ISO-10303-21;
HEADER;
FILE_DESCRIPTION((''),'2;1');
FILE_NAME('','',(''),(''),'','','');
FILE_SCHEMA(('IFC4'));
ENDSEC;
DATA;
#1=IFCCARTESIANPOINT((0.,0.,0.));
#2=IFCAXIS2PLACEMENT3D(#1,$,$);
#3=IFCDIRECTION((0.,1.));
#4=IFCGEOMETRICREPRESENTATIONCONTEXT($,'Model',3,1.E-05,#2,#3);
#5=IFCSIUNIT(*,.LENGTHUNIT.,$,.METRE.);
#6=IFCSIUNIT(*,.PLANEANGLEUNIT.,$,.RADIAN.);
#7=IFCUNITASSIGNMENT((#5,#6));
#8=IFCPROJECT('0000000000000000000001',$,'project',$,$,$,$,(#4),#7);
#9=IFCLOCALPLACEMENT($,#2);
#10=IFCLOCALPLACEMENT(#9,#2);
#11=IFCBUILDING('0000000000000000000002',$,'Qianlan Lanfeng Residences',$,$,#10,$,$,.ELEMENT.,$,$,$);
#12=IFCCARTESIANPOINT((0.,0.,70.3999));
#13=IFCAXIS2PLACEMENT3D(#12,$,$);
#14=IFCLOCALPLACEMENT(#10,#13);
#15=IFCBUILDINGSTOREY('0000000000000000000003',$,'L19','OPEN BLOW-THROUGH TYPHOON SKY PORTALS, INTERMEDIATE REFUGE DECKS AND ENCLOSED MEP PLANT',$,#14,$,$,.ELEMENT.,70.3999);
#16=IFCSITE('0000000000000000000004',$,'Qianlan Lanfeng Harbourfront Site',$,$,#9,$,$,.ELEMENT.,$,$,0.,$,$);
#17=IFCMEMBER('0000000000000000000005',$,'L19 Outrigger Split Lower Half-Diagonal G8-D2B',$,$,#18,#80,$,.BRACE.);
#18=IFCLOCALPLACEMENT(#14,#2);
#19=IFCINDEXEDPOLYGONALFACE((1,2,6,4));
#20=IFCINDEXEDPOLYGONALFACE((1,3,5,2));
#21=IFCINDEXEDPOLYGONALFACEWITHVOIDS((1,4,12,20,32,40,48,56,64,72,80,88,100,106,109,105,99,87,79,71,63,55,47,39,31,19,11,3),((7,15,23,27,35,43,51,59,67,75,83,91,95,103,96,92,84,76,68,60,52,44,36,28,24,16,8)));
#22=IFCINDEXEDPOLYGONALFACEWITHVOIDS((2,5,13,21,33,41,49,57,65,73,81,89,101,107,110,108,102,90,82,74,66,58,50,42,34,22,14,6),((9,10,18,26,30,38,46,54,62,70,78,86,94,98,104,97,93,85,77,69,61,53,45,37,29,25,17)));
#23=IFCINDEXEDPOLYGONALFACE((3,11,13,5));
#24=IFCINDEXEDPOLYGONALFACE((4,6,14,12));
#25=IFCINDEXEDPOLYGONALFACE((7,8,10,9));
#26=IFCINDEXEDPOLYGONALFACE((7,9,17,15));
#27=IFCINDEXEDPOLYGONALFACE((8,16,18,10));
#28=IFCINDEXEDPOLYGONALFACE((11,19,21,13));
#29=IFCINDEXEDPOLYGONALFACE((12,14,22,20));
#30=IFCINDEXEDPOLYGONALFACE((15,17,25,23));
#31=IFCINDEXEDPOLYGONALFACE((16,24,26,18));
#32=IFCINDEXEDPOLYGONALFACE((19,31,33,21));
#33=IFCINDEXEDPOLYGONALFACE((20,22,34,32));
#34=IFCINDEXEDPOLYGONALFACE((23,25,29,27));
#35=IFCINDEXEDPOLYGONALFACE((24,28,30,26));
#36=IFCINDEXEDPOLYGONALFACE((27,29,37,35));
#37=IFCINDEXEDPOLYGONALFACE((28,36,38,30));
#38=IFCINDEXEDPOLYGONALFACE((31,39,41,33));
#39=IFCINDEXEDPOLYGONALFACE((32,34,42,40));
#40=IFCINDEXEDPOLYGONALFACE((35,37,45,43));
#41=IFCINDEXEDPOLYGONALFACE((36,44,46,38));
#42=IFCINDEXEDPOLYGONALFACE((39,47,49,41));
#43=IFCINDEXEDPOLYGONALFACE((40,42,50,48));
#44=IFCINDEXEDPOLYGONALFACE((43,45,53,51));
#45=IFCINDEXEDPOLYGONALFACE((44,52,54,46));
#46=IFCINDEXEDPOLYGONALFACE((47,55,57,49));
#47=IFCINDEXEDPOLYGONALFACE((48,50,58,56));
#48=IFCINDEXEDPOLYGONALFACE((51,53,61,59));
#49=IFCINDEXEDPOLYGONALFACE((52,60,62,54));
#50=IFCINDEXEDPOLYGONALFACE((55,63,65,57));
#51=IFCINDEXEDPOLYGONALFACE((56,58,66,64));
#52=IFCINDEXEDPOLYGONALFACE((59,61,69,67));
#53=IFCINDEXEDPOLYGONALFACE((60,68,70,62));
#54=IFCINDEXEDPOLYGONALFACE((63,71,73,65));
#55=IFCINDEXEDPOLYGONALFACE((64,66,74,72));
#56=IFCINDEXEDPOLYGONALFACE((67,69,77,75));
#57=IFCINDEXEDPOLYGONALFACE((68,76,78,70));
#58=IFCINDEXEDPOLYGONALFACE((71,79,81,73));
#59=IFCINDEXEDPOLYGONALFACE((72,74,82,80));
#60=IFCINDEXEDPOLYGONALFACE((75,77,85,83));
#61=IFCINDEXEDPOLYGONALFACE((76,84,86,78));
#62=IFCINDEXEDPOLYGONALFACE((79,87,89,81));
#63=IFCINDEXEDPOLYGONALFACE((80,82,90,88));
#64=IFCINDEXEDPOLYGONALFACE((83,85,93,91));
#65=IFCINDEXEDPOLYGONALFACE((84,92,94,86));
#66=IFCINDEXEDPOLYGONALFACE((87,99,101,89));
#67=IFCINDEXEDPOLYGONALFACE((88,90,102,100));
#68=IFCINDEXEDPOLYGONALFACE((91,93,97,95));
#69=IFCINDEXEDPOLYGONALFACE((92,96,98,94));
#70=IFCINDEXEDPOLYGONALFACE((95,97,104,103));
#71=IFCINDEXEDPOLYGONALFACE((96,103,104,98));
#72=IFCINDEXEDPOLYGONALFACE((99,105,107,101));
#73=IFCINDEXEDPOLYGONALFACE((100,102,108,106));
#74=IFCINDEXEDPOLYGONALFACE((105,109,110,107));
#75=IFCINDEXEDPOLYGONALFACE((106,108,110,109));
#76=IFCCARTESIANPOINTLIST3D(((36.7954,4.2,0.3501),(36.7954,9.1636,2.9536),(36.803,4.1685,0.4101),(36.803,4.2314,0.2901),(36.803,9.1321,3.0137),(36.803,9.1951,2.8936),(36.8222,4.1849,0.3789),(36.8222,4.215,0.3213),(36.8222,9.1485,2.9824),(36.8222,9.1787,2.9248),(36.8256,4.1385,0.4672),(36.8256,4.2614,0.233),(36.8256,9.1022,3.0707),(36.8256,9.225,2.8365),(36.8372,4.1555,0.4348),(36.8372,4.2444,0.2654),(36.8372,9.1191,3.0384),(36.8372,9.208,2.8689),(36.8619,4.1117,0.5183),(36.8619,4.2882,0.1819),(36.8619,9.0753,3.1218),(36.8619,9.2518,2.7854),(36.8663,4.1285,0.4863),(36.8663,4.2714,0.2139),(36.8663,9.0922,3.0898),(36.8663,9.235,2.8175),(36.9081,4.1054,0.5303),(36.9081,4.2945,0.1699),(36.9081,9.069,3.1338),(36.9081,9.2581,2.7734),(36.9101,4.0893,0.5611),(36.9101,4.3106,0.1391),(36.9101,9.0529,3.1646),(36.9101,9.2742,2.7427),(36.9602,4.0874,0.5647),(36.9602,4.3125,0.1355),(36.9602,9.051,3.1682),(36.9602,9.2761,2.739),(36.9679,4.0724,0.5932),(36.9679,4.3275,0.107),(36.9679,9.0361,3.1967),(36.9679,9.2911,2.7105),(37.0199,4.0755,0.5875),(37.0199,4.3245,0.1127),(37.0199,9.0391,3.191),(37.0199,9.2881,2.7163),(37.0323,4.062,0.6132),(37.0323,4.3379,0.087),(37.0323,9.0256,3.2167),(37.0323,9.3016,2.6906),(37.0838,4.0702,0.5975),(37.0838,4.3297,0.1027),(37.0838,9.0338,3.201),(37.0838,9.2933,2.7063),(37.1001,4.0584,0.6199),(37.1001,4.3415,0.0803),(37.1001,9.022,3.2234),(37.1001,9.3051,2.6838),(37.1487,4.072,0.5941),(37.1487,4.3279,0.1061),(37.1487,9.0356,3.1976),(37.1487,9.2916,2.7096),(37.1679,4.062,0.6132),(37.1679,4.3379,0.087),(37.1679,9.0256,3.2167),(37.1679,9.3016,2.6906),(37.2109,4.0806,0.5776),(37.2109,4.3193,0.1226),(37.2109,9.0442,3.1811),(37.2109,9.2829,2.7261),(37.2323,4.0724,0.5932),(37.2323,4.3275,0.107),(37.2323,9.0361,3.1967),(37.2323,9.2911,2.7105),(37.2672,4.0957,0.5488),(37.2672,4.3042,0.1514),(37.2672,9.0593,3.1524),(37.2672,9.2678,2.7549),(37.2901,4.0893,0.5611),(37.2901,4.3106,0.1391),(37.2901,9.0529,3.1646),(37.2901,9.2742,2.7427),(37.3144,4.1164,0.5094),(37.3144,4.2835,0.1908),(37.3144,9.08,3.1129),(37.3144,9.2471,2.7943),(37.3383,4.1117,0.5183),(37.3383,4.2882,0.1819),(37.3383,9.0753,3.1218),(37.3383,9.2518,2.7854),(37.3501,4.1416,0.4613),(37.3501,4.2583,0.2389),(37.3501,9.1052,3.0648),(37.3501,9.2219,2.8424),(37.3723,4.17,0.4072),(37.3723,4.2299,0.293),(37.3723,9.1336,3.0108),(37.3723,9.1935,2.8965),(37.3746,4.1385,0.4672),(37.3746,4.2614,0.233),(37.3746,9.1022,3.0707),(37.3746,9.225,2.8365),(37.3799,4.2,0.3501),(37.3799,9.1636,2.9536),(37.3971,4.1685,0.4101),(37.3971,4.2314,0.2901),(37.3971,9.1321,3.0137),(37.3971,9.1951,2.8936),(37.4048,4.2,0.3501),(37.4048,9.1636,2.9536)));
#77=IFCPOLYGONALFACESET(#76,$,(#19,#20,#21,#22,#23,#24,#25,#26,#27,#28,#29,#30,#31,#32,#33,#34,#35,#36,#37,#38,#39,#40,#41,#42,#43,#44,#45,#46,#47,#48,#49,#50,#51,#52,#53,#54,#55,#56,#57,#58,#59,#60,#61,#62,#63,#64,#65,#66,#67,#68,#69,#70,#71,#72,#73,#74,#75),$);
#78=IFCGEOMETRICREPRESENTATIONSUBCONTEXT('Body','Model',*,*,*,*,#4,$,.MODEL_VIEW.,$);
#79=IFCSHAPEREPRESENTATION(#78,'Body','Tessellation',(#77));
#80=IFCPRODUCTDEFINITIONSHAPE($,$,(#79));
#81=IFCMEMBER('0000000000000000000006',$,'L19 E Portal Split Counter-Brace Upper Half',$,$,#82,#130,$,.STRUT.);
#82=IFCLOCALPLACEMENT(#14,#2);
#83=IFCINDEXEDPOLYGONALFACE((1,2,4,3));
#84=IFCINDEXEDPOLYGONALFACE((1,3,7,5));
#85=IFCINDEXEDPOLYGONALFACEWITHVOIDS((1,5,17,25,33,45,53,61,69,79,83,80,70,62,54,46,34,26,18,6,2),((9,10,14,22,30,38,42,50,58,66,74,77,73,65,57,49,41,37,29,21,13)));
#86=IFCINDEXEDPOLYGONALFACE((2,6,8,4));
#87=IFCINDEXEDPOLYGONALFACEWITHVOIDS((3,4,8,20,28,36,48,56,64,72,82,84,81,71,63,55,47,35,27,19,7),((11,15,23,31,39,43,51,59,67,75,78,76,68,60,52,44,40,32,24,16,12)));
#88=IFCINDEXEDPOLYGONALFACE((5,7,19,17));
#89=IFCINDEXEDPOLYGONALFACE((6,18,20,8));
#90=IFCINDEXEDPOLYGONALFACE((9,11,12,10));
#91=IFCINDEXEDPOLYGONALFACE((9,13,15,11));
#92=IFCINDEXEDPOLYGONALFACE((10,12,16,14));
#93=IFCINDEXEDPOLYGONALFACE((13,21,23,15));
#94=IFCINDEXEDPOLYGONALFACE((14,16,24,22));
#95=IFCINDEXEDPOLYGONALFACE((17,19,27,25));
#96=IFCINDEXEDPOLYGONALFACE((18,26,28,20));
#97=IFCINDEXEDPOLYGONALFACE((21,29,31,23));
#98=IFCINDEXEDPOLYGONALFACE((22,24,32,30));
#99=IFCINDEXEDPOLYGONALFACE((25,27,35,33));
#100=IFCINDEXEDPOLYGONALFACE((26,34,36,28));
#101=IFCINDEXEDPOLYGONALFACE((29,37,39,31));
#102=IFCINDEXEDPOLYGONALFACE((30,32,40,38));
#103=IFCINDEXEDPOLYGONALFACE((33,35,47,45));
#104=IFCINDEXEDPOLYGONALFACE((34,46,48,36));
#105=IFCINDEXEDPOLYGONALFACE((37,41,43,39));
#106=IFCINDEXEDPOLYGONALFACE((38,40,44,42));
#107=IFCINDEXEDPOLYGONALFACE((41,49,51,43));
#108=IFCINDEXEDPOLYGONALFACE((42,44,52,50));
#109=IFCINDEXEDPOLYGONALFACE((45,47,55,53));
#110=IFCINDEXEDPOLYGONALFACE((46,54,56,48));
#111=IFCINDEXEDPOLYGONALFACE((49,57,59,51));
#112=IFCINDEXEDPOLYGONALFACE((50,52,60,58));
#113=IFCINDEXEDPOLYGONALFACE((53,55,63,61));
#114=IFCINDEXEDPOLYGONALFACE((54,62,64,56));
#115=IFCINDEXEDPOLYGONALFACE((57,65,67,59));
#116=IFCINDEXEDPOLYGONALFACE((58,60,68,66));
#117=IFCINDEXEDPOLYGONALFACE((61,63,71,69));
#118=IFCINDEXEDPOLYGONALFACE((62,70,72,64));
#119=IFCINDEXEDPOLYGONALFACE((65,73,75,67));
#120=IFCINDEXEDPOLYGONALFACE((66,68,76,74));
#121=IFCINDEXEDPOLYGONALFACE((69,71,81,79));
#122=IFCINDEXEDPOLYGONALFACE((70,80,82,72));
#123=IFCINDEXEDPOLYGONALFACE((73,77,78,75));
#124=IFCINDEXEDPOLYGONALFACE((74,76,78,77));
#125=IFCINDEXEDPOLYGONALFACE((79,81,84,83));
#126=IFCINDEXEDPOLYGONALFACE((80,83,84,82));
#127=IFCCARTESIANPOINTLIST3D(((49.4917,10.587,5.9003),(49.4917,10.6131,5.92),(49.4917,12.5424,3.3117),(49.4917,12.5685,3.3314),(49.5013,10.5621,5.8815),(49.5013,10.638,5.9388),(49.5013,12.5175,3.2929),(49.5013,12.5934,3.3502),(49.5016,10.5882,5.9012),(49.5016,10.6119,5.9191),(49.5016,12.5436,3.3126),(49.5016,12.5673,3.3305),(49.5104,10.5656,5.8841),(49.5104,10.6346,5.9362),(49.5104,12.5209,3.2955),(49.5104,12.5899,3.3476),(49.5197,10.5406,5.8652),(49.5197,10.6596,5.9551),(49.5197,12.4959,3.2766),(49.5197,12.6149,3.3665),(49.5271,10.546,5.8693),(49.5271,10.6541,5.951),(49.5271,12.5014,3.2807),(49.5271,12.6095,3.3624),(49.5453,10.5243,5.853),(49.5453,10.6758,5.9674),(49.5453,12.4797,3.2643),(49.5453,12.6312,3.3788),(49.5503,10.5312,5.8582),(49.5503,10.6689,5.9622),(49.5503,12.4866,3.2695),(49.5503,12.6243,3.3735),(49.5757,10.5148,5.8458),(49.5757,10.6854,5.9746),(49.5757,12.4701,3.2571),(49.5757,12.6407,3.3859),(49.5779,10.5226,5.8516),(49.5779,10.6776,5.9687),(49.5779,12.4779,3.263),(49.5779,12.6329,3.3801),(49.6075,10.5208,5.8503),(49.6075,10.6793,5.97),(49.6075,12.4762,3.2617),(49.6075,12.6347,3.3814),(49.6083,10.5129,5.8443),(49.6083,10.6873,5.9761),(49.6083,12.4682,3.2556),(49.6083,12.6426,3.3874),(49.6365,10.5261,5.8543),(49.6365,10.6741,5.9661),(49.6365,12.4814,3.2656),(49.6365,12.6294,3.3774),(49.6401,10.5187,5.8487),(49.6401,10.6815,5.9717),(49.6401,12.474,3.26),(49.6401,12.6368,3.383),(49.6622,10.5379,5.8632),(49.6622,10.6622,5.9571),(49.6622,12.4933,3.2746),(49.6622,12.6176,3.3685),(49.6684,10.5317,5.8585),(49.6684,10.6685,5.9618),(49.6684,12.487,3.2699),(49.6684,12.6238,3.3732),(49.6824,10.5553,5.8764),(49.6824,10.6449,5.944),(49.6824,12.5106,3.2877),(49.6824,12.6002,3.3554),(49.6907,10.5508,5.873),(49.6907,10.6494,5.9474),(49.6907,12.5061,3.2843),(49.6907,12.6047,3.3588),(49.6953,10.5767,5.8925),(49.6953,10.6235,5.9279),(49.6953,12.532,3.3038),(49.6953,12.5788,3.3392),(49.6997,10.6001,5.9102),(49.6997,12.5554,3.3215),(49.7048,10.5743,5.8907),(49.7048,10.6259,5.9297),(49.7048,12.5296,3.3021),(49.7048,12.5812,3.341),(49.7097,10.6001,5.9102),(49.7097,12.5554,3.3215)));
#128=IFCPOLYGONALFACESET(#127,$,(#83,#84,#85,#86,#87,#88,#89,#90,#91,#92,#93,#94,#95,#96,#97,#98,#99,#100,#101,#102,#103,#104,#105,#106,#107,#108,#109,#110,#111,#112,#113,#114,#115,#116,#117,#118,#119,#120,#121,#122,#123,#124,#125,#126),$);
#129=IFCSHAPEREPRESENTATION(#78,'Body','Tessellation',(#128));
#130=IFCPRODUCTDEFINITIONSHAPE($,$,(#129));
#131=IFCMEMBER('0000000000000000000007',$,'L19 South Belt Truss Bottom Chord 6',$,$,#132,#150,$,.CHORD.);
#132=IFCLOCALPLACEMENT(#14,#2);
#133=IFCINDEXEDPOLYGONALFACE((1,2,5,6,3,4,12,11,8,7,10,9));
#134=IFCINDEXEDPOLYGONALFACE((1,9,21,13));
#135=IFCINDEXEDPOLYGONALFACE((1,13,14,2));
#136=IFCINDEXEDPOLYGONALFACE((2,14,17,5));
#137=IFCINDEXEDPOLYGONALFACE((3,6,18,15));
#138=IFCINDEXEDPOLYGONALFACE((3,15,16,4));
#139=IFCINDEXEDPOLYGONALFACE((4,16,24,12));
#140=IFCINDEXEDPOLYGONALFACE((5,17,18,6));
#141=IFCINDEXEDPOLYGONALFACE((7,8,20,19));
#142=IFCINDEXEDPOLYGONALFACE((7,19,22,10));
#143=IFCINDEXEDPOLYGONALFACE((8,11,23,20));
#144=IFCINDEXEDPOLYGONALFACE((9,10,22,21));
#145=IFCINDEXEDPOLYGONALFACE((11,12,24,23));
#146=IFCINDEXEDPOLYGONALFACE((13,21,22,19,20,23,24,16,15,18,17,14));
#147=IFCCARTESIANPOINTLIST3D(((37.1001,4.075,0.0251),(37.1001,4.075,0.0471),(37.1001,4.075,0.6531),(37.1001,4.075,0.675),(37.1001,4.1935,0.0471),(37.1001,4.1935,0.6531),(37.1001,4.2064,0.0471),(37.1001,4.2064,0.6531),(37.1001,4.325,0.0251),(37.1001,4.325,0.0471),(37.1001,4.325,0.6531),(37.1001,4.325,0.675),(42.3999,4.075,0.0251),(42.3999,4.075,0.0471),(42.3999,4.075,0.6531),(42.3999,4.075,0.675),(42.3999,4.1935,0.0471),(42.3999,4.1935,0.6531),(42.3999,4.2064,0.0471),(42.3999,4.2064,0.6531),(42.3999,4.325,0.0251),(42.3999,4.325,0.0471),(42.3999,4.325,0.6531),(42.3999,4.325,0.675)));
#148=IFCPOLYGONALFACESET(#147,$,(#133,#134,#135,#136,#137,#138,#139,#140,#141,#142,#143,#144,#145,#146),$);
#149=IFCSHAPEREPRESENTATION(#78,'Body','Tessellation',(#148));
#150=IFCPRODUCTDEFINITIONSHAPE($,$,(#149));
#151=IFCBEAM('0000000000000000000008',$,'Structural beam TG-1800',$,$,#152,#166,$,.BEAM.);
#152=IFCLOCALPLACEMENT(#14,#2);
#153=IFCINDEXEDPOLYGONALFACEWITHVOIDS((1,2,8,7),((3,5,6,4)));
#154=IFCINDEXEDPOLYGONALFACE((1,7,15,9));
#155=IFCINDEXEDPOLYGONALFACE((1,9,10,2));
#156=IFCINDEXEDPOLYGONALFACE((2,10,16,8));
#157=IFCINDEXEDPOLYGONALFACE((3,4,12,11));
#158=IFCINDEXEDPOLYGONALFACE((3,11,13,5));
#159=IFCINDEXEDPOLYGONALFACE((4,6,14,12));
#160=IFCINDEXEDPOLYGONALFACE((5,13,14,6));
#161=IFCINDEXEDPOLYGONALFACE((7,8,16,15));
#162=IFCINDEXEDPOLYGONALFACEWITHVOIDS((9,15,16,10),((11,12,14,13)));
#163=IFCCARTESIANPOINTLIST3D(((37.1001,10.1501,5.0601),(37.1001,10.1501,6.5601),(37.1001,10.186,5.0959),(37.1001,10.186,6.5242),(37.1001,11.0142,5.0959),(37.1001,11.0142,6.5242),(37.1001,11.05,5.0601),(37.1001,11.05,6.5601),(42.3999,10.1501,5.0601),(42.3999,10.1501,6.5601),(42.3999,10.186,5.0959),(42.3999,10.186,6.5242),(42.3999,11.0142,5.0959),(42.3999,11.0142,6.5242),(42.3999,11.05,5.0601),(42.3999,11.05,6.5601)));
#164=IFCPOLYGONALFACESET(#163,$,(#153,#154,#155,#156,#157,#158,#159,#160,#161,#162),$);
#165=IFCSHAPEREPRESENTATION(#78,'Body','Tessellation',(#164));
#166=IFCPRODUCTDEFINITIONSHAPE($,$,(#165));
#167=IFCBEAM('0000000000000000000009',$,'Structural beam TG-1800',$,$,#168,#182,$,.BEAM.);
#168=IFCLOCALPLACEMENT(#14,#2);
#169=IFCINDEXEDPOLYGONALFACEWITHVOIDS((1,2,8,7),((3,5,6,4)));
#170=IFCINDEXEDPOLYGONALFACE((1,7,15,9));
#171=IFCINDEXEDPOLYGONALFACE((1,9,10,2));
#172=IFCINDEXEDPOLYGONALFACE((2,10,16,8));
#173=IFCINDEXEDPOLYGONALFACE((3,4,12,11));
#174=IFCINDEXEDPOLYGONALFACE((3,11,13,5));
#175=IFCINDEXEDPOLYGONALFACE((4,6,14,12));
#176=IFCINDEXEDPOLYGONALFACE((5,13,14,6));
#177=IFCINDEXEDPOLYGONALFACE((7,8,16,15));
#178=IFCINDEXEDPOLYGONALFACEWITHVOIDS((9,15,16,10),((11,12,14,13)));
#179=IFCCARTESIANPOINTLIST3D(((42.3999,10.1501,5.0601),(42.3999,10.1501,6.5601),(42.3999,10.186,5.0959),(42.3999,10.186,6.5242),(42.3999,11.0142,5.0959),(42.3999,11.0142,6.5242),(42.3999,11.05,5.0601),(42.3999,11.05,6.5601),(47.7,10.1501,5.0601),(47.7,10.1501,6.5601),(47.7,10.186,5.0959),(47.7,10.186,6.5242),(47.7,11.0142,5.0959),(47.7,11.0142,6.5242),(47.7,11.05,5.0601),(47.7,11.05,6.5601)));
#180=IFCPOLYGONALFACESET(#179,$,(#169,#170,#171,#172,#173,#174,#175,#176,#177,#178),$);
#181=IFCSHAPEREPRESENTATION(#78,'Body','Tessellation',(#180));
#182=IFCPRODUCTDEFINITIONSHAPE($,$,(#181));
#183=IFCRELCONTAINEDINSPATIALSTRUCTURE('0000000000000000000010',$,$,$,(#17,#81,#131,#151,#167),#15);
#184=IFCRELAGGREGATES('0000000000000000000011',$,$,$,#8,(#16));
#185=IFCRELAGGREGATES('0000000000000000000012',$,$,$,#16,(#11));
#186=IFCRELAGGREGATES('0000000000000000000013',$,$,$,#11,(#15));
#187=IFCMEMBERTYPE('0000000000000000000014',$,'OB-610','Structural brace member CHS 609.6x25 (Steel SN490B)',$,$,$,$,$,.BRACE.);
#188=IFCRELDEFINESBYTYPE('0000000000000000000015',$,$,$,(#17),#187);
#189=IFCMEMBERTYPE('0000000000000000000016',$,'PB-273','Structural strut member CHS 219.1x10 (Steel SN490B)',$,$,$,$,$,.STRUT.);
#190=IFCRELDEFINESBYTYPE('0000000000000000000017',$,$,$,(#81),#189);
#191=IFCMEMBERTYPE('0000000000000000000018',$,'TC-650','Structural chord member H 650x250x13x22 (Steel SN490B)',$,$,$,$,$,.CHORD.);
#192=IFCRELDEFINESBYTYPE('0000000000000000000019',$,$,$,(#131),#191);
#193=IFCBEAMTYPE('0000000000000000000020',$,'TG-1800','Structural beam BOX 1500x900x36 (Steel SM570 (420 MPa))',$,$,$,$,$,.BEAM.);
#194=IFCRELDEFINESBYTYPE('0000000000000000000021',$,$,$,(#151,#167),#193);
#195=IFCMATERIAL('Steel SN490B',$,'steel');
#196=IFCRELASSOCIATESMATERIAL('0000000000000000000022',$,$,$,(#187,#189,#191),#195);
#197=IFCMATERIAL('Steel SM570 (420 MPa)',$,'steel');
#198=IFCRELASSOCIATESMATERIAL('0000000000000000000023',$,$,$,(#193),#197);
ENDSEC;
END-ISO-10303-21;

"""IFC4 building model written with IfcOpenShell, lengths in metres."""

from ifc_helpers import new_model, si_unit, direction, frame, origin, origin_2d, place, context, subcontext, project, spatial, hollow_rectangle, hollow_circle, i_section, extrude, material, material_profile, profile_set, type_object, element, save


model = new_model("IFC4")

# Units and contexts
model_context = context("Model", 3, precision=1e-05, world=origin(), true_north=direction((0.0, 1.0)))
body_context = subcontext(model_context, "Body", "Model", "MODEL_VIEW")
ifc_project = project(units=[si_unit("LENGTHUNIT", "METRE"), si_unit("PLANEANGLEUNIT", "RADIAN")], contexts=[model_context])

# Site, building, storey
site_placement = place(None, origin())
site = spatial("IfcSite", under=ifc_project, at=site_placement, Name="Qianlan Lanfeng Harbourfront Site", CompositionType="ELEMENT", RefElevation=0.0)
building_placement = place(site_placement, origin())
building = spatial("IfcBuilding", under=site, at=building_placement, Name="Qianlan Lanfeng Residences", CompositionType="ELEMENT")
storey_placement = place(building_placement, frame((0.0, 0.0, 70.3999)))
storey = spatial("IfcBuildingStorey", under=building, at=storey_placement, Name="L19", Description="OPEN BLOW-THROUGH TYPHOON SKY PORTALS, INTERMEDIATE REFUGE DECKS AND ENCLOSED MEP PLANT", CompositionType="ELEMENT", Elevation=70.3999)

# Shared definitions
ifc_material_1 = material(Name="Steel SN490B", Category="steel")

# Members
ifc_material_profile_1 = material_profile(ifc_material_1, hollow_circle(Radius=0.3047, WallThickness=0.0249, at=origin_2d()), Name="CHS 609.6x25")
ifc_profile_set_1 = profile_set([ifc_material_profile_1], Name="Steel SN490B")
member_type_1 = type_object("IfcMemberType", Name="OB-610", Description="Structural brace member CHS 609.6x25 (Steel SN490B)", PredefinedType="BRACE", material=ifc_profile_set_1)
member_1_placement = place(storey_placement, frame((37.1001, 9.1636, 2.9536), z_axis=(0.0, -0.885573, -0.4645), x_axis=(1.0, 0.0, 0.0)))
element("IfcMember", 1, at=member_1_placement, inside=storey, type_object=member_type_1, Name="L19 Outrigger Split Lower Half-Diagonal G8-D2B", PredefinedType="BRACE", context=body_context, shape_type="SweptSolid", body=[
    extrude(hollow_circle(Radius=0.3047, WallThickness=0.0249, at=origin_2d()), origin(), (0.0, 0.0, 1.0), 5.605),
])
ifc_material_profile_2 = material_profile(ifc_material_1, hollow_circle(Radius=0.1096, WallThickness=0.01, at=origin_2d()), Name="CHS 219.1x10")
ifc_profile_set_2 = profile_set([ifc_material_profile_2], Name="Steel SN490B")
member_type_2 = type_object("IfcMemberType", Name="PB-273", Description="Structural strut member CHS 219.1x10 (Steel SN490B)", PredefinedType="STRUT", material=ifc_profile_set_2)
member_2_placement = place(storey_placement, frame((49.6001, 12.5554, 3.3215), z_axis=(0.0, -0.60273, 0.797945), x_axis=(1.0, 0.0, 0.0)))
element("IfcMember", 2, at=member_2_placement, inside=storey, type_object=member_type_2, Name="L19 E Portal Split Counter-Brace Upper Half", PredefinedType="STRUT", context=body_context, shape_type="SweptSolid", body=[
    extrude(hollow_circle(Radius=0.1096, WallThickness=0.01, at=origin_2d()), origin(), (0.0, 0.0, 1.0), 3.2441),
])
ifc_material_profile_3 = material_profile(ifc_material_1, i_section(OverallWidth=0.25, OverallDepth=0.6499, WebThickness=0.0129, FlangeThickness=0.022, at=origin_2d()), Name="H 650x250x13x22")
ifc_profile_set_3 = profile_set([ifc_material_profile_3], Name="Steel SN490B")
member_type_3 = type_object("IfcMemberType", Name="TC-650", Description="Structural chord member H 650x250x13x22 (Steel SN490B)", PredefinedType="CHORD", material=ifc_profile_set_3)
member_3_placement = place(storey_placement, frame((37.1001, 4.2, 0.3501), z_axis=(1.0, 0.0, 0.0), x_axis=(0.0, 1.0, 0.0)))
element("IfcMember", 3, at=member_3_placement, inside=storey, type_object=member_type_3, Name="L19 South Belt Truss Bottom Chord 6", PredefinedType="CHORD", context=body_context, shape_type="SweptSolid", body=[
    extrude(i_section(OverallWidth=0.25, OverallDepth=0.6499, WebThickness=0.0129, FlangeThickness=0.022, at=origin_2d()), origin(), (0.0, 0.0, 1.0), 5.2998),
])

# Beams
ifc_material_2 = material(Name="Steel SM570 (420 MPa)", Category="steel")
ifc_material_profile_4 = material_profile(ifc_material_2, hollow_rectangle(XDim=0.8999, YDim=1.5, WallThickness=0.0359, at=origin_2d()), Name="BOX 1500x900x36")
ifc_profile_set_4 = profile_set([ifc_material_profile_4], Name="Steel SM570 (420 MPa)")
beam_type_1 = type_object("IfcBeamType", Name="TG-1800", Description="Structural beam BOX 1500x900x36 (Steel SM570 (420 MPa))", PredefinedType="BEAM", material=ifc_profile_set_4)
beam_1_placement = place(storey_placement, frame((37.1001, 10.6001, 5.8101), z_axis=(1.0, 0.0, 0.0), x_axis=(0.0, 1.0, 0.0)))
element("IfcBeam", 4, at=beam_1_placement, inside=storey, type_object=beam_type_1, Name="Structural beam TG-1800", PredefinedType="BEAM", context=body_context, shape_type="SweptSolid", body=[
    extrude(hollow_rectangle(XDim=0.8999, YDim=1.5, WallThickness=0.0359, at=origin_2d()), origin(), (0.0, 0.0, 1.0), 5.2998),
])
beam_2_placement = place(storey_placement, frame((42.3999, 10.6001, 5.8101), z_axis=(1.0, 0.0, 0.0), x_axis=(0.0, 1.0, 0.0)))
element("IfcBeam", 5, at=beam_2_placement, inside=storey, type_object=beam_type_1, Name="Structural beam TG-1800", PredefinedType="BEAM", context=body_context, shape_type="SweptSolid", body=[
    extrude(hollow_rectangle(XDim=0.8999, YDim=1.5, WallThickness=0.0359, at=origin_2d()), origin(), (0.0, 0.0, 1.0), 5.3),
])

save(model, "model.ifc")
